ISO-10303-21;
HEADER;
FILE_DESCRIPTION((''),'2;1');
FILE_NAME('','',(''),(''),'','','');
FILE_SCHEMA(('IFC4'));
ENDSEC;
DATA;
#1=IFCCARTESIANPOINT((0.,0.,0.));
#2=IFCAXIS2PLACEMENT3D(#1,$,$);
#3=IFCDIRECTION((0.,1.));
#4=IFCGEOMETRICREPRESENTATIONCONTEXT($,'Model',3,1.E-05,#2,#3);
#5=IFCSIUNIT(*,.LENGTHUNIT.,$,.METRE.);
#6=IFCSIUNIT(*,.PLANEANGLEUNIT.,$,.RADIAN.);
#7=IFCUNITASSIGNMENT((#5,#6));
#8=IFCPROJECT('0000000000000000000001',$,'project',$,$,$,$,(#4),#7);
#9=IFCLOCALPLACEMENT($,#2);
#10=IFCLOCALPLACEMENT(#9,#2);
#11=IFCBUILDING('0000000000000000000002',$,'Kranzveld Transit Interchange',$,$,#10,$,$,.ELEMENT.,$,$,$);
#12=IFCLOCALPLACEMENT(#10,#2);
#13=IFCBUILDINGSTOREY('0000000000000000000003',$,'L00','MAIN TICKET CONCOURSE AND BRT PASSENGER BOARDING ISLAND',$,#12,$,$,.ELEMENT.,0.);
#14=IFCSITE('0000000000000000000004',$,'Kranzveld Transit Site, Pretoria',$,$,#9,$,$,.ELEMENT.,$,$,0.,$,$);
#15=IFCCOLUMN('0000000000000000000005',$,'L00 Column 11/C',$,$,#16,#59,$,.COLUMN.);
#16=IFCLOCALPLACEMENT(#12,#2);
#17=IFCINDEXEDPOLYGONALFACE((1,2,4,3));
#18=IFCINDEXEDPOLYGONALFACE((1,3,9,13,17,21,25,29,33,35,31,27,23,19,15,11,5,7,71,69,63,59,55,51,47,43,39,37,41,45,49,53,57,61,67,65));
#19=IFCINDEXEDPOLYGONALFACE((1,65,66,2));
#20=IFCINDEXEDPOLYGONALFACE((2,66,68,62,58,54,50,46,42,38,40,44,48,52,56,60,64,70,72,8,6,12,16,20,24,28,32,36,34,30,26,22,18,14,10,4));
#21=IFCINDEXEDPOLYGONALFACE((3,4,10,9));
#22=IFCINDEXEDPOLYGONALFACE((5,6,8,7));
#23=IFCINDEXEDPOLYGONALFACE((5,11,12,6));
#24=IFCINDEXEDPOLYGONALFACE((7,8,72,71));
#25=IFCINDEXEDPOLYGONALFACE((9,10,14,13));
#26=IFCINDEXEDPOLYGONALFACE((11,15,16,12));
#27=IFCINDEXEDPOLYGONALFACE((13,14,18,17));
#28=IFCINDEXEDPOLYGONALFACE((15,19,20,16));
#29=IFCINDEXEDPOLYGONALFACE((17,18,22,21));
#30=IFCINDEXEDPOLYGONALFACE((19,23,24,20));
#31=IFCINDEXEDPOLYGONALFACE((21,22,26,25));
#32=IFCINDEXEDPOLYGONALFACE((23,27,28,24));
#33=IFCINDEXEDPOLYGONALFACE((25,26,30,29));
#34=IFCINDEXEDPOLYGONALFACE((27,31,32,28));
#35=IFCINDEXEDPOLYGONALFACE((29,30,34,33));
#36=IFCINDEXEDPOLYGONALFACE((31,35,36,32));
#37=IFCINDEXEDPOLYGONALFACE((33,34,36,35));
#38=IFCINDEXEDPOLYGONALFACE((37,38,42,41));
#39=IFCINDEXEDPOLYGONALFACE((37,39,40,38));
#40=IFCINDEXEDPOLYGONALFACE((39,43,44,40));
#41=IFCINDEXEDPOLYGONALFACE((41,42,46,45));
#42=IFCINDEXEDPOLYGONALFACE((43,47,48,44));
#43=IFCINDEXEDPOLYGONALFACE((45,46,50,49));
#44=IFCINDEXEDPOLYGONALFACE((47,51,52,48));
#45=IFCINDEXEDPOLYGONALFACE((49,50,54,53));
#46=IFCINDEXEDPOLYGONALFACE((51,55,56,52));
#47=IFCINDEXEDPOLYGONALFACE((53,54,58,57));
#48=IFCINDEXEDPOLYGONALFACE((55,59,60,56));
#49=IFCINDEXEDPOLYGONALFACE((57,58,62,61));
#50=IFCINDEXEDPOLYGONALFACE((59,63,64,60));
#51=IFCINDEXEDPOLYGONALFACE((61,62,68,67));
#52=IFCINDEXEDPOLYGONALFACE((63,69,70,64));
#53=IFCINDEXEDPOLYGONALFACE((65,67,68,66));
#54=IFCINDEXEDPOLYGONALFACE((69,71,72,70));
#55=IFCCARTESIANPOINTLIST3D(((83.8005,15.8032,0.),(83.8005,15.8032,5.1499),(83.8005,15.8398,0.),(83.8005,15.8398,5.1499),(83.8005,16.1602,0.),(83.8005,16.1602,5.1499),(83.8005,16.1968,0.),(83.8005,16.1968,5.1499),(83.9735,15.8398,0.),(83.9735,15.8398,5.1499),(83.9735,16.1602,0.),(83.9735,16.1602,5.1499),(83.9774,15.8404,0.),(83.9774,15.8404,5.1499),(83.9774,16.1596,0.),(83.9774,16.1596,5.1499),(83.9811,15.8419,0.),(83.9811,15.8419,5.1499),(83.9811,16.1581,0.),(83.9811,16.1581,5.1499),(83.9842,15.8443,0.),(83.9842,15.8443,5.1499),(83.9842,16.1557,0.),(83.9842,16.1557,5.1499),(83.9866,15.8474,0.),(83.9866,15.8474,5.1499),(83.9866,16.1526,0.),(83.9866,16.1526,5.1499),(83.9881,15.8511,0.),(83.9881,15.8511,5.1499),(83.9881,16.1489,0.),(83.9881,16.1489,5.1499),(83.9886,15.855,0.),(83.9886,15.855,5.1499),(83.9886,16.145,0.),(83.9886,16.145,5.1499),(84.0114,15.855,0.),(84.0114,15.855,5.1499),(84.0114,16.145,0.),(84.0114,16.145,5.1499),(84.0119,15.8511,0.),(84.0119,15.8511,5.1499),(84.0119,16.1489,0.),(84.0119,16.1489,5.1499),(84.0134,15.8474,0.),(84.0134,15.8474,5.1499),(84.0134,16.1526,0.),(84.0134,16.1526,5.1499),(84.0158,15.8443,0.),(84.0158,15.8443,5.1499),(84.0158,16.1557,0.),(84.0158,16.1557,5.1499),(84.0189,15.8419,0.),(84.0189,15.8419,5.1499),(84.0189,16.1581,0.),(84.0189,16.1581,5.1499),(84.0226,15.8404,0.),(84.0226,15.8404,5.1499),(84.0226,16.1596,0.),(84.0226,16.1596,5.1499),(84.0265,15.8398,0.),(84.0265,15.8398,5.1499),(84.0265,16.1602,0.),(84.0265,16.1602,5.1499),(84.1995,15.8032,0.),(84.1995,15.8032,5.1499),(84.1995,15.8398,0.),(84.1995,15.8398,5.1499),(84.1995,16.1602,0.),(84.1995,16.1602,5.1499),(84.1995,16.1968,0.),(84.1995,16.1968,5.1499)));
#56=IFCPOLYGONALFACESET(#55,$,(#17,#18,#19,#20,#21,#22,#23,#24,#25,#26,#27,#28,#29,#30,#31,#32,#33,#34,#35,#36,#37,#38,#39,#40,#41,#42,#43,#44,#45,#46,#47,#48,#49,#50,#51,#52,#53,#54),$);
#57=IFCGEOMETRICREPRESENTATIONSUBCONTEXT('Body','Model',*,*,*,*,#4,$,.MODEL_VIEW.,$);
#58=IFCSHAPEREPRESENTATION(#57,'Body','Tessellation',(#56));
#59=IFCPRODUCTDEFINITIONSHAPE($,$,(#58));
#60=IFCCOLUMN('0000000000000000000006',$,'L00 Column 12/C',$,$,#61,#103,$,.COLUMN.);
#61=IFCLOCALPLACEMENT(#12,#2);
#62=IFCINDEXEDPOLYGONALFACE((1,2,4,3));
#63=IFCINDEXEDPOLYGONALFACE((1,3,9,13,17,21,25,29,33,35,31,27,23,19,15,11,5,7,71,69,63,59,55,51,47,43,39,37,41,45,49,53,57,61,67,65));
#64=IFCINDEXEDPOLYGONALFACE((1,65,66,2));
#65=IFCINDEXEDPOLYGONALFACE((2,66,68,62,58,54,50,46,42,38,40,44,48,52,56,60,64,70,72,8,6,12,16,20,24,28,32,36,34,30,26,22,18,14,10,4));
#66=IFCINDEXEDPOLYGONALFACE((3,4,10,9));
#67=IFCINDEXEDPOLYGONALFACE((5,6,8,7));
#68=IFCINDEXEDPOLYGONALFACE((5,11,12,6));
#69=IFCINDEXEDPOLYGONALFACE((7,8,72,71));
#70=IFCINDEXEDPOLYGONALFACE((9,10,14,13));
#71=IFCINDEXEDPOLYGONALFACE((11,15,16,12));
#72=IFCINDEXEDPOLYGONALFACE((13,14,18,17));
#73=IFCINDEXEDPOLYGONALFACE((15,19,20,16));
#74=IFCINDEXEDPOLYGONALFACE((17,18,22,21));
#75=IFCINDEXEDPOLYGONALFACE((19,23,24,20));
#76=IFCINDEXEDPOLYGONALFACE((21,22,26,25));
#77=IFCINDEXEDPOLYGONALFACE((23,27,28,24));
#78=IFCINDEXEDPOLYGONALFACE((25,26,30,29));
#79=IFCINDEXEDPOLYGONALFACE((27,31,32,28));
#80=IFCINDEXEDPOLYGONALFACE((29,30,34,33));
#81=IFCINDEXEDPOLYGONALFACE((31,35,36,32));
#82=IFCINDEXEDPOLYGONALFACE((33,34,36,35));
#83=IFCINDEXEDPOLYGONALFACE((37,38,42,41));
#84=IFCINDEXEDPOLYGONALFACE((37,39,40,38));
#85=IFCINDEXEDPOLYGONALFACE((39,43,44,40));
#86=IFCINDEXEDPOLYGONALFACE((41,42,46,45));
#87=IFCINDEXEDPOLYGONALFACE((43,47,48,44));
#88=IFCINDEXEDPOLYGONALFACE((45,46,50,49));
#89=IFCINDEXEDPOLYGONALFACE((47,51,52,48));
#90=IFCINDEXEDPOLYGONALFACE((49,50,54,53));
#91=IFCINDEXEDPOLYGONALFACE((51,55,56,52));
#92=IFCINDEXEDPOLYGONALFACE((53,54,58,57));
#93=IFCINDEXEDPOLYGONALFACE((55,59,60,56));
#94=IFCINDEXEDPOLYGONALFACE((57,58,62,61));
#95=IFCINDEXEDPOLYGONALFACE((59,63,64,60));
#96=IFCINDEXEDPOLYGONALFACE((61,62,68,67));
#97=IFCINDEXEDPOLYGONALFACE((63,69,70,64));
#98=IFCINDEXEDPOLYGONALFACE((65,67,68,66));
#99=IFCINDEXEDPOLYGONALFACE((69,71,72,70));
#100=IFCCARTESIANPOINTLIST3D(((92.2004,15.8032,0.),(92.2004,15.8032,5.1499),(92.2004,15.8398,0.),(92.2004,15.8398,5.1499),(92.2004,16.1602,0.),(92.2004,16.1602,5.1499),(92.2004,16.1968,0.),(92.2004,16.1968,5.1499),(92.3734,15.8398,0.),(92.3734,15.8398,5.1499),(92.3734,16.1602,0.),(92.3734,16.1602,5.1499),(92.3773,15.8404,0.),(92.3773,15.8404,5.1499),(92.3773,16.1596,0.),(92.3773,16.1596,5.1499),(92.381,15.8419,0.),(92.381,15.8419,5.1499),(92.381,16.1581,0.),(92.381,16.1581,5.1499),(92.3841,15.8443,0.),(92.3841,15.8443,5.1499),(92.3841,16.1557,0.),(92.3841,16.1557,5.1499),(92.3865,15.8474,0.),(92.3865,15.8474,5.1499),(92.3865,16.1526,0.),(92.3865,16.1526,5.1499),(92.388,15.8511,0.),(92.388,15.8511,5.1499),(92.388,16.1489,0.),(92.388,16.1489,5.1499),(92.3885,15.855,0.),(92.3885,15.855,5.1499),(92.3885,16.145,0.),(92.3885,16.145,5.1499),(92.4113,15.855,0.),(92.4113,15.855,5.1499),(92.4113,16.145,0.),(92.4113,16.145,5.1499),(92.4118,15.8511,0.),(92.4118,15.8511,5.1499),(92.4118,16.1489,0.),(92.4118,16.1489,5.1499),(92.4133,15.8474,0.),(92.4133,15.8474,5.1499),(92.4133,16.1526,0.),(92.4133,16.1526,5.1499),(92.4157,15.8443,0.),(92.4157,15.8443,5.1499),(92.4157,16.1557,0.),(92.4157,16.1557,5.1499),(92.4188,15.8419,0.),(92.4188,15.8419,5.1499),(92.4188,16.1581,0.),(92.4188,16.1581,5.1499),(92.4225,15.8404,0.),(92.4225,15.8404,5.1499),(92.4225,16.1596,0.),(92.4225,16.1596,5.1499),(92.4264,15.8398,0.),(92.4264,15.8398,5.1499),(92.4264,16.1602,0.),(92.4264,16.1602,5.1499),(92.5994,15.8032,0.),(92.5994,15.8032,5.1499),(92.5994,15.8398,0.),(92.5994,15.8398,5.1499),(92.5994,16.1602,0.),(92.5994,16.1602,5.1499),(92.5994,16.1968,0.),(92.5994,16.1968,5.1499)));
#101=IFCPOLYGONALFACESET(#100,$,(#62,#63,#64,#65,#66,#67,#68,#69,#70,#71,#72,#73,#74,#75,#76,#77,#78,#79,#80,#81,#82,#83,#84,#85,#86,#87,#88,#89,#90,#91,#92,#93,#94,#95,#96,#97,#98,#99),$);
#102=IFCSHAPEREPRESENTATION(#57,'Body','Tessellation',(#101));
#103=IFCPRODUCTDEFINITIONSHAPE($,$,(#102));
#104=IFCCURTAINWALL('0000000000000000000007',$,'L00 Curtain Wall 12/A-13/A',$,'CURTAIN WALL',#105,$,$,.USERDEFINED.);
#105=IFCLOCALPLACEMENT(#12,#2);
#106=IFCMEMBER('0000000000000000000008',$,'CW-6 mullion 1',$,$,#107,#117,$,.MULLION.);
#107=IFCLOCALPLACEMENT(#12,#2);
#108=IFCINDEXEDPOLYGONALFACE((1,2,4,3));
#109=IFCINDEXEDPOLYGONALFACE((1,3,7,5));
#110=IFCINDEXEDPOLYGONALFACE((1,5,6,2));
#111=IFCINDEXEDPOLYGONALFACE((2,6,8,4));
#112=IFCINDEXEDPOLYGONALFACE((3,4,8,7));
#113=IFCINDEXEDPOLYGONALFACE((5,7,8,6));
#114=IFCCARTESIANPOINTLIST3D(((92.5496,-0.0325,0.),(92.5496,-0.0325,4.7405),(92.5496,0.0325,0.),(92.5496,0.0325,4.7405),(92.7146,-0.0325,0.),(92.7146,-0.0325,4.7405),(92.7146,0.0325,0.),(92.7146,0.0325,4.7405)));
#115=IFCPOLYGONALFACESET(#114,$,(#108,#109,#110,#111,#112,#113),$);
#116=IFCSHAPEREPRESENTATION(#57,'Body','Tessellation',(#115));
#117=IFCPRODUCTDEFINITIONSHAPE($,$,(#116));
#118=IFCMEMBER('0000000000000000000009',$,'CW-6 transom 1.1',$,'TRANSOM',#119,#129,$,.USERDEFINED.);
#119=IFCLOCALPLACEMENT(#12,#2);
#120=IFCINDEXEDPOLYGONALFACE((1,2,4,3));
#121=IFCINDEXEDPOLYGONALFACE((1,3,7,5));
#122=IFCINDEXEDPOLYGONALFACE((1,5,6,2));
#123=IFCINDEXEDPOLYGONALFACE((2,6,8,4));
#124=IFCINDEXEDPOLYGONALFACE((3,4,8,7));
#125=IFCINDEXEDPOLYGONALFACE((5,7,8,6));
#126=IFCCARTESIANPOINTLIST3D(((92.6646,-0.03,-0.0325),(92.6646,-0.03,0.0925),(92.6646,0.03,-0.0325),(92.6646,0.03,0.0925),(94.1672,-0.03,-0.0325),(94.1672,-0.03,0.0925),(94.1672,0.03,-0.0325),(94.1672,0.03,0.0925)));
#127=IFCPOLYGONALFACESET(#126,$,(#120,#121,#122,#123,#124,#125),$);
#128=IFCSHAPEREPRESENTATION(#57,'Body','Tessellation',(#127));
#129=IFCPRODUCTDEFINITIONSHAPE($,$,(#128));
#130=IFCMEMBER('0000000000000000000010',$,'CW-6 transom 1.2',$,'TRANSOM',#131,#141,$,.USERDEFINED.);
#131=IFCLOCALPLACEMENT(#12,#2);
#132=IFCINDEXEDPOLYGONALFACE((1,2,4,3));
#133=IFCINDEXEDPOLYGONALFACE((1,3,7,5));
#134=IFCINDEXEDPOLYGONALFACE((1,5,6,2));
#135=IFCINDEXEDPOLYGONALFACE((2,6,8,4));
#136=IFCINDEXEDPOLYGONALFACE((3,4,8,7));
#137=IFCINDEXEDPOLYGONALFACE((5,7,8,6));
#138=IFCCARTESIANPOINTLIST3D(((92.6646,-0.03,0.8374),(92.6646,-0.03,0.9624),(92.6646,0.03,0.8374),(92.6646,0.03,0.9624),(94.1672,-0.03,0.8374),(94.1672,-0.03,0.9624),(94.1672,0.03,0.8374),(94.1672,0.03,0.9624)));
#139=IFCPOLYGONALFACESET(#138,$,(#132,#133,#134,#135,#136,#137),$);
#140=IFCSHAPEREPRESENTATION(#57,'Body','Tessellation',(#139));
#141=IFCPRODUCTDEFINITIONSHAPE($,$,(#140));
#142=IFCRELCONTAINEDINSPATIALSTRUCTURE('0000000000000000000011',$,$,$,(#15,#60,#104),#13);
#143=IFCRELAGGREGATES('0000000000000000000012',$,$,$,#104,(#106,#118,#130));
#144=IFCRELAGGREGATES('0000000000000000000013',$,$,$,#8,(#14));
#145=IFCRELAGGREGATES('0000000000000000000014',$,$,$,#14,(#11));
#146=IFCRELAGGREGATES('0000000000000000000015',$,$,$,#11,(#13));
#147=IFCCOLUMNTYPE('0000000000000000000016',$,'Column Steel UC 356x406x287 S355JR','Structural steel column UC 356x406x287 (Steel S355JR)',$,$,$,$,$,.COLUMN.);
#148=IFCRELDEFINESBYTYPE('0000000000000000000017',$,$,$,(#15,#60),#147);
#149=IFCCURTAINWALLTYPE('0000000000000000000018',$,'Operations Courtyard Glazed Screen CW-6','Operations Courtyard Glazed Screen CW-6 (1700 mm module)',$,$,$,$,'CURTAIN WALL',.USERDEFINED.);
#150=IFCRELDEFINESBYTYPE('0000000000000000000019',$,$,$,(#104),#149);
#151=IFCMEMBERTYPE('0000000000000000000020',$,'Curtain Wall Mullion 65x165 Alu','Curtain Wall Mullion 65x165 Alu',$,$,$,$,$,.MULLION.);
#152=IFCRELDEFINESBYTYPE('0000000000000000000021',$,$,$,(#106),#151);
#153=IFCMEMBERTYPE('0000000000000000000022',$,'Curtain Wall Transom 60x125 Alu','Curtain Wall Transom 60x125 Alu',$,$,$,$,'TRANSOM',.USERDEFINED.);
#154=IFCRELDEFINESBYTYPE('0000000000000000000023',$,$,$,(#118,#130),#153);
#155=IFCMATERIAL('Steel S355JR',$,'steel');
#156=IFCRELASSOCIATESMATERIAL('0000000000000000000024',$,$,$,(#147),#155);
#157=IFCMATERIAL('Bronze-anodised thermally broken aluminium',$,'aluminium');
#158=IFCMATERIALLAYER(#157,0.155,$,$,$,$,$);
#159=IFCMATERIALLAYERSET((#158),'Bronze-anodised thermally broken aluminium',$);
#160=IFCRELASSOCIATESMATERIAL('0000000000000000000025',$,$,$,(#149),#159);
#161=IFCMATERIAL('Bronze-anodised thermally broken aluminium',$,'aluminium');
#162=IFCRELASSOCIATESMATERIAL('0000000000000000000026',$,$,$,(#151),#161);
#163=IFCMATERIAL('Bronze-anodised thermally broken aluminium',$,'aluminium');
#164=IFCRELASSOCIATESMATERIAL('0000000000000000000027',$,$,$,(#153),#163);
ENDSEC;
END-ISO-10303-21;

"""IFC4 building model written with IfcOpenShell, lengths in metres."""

from ifc_helpers import new_model, si_unit, direction, frame, origin, origin_2d, place, context, subcontext, project, spatial, rectangle, i_section, extrude, material, layer, layer_set, material_profile, profile_set, type_object, element, aggregate, save


model = new_model("IFC4")

# Units and contexts
model_context = context("Model", 3, precision=1e-05, world=origin(), true_north=direction((0.0, 1.0)))
body_context = subcontext(model_context, "Body", "Model", "MODEL_VIEW")
ifc_project = project(units=[si_unit("LENGTHUNIT", "METRE"), si_unit("PLANEANGLEUNIT", "RADIAN")], contexts=[model_context])

# Site, building, storey
site_placement = place(None, origin())
site = spatial("IfcSite", under=ifc_project, at=site_placement, Name="Kranzveld Transit Site, Pretoria", CompositionType="ELEMENT", RefElevation=0.0)
building_placement = place(site_placement, origin())
building = spatial("IfcBuilding", under=site, at=building_placement, Name="Kranzveld Transit Interchange", CompositionType="ELEMENT")
storey_placement = place(building_placement, origin())
storey = spatial("IfcBuildingStorey", under=building, at=storey_placement, Name="L00", Description="MAIN TICKET CONCOURSE AND BRT PASSENGER BOARDING ISLAND", CompositionType="ELEMENT", Elevation=0.0)

# Columns
ifc_material_1 = material(Name="Steel S355JR", Category="steel")
ifc_material_profile_1 = material_profile(ifc_material_1, i_section(OverallWidth=0.3989, OverallDepth=0.3936, WebThickness=0.0227, FlangeThickness=0.0366, FilletRadius=0.0151, at=origin_2d()), Name="UC 356x406x287")
ifc_profile_set_1 = profile_set([ifc_material_profile_1], Name="Steel S355JR")
column_type_1 = type_object("IfcColumnType", Name="Column Steel UC 356x406x287 S355JR", Description="Structural steel column UC 356x406x287 (Steel S355JR)", PredefinedType="COLUMN", material=ifc_profile_set_1)
for number, where, z_axis, x_axis, name in (
    (1, (84.0, 16.0, 0.0), (0.0, 0.0, 1.0), (1.0, 0.0, 0.0), "L00 Column 11/C"),
    (2, (92.3999, 16.0, 0.0), (0.0, 0.0, 1.0), (1.0, 0.0, 0.0), "L00 Column 12/C"),
):
    element("IfcColumn", number, at=place(storey_placement, frame(where, z_axis=z_axis, x_axis=x_axis)), inside=storey, type_object=column_type_1, Name=name, PredefinedType="COLUMN", context=body_context, shape_type="SweptSolid", body=[
        extrude(i_section(OverallWidth=0.3989, OverallDepth=0.3936, WebThickness=0.0227, FlangeThickness=0.0366, FilletRadius=0.0151, at=origin_2d()), origin(), (0.0, 0.0, 1.0), 5.1499),
    ])

# Curtain wall, members
ifc_material_2 = material(Name="Bronze-anodised thermally broken aluminium", Category="aluminium")
ifc_layer_1 = layer(ifc_material_2, 0.155)
ifc_layer_set_1 = layer_set([ifc_layer_1], Name="Bronze-anodised thermally broken aluminium")
curtain_wall_type = type_object("IfcCurtainWallType", Name="Operations Courtyard Glazed Screen CW-6", Description="Operations Courtyard Glazed Screen CW-6 (1700 mm module)", ElementType="CURTAIN WALL", PredefinedType="USERDEFINED", material=ifc_layer_set_1)
curtain_wall_placement = place(storey_placement, origin())
curtain_wall = element("IfcCurtainWall", 3, at=curtain_wall_placement, inside=storey, type_object=curtain_wall_type, Name="L00 Curtain Wall 12/A-13/A", ObjectType="CURTAIN WALL", PredefinedType="USERDEFINED")
ifc_material_3 = material(Name="Bronze-anodised thermally broken aluminium", Category="aluminium")
ifc_material_profile_2 = material_profile(ifc_material_3, rectangle(XDim=0.0649, YDim=0.165, at=origin_2d()), Name="ALU MULLION 65x165")
ifc_profile_set_2 = profile_set([ifc_material_profile_2], Name="Bronze-anodised thermally broken aluminium")
member_type_1 = type_object("IfcMemberType", Name="Curtain Wall Mullion 65x165 Alu", Description="Curtain Wall Mullion 65x165 Alu", PredefinedType="MULLION", material=ifc_profile_set_2)
member_1_placement = place(storey_placement, frame((92.6321, 0.0, 0.0), z_axis=(0.0, 0.0, 1.0), x_axis=(0.0, 1.0, 0.0)))
member_1 = element("IfcMember", 4, at=member_1_placement, type_object=member_type_1, Name="CW-6 mullion 1", PredefinedType="MULLION", context=body_context, shape_type="SweptSolid", body=[
    extrude(rectangle(XDim=0.0649, YDim=0.165, at=origin_2d()), origin(), (0.0, 0.0, 1.0), 4.7405),
])
ifc_material_4 = material(Name="Bronze-anodised thermally broken aluminium", Category="aluminium")
ifc_material_profile_3 = material_profile(ifc_material_4, rectangle(XDim=0.0601, YDim=0.125, at=origin_2d()), Name="ALU TRANSOM 60x125")
ifc_profile_set_3 = profile_set([ifc_material_profile_3], Name="Bronze-anodised thermally broken aluminium")
member_type_2 = type_object("IfcMemberType", Name="Curtain Wall Transom 60x125 Alu", Description="Curtain Wall Transom 60x125 Alu", ElementType="TRANSOM", PredefinedType="USERDEFINED", material=ifc_profile_set_3)
member_2_placement = place(storey_placement, frame((92.6646, 0.0, 0.03), z_axis=(1.0, 0.0, 0.0), x_axis=(0.0, 1.0, 0.0)))
member_2 = element("IfcMember", 5, at=member_2_placement, type_object=member_type_2, Name="CW-6 transom 1.1", ObjectType="TRANSOM", PredefinedType="USERDEFINED", context=body_context, shape_type="SweptSolid", body=[
    extrude(rectangle(XDim=0.0601, YDim=0.125, at=origin_2d()), origin(), (0.0, 0.0, 1.0), 1.5027),
])
member_3_placement = place(storey_placement, frame((92.6646, 0.0, 0.8999), z_axis=(1.0, 0.0, 0.0), x_axis=(0.0, 1.0, 0.0)))
member_3 = element("IfcMember", 6, at=member_3_placement, type_object=member_type_2, Name="CW-6 transom 1.2", ObjectType="TRANSOM", PredefinedType="USERDEFINED", context=body_context, shape_type="SweptSolid", body=[
    extrude(rectangle(XDim=0.0601, YDim=0.125, at=origin_2d()), origin(), (0.0, 0.0, 1.0), 1.5027),
])
aggregate(curtain_wall, [member_1, member_2, member_3])

save(model, "model.ifc")
